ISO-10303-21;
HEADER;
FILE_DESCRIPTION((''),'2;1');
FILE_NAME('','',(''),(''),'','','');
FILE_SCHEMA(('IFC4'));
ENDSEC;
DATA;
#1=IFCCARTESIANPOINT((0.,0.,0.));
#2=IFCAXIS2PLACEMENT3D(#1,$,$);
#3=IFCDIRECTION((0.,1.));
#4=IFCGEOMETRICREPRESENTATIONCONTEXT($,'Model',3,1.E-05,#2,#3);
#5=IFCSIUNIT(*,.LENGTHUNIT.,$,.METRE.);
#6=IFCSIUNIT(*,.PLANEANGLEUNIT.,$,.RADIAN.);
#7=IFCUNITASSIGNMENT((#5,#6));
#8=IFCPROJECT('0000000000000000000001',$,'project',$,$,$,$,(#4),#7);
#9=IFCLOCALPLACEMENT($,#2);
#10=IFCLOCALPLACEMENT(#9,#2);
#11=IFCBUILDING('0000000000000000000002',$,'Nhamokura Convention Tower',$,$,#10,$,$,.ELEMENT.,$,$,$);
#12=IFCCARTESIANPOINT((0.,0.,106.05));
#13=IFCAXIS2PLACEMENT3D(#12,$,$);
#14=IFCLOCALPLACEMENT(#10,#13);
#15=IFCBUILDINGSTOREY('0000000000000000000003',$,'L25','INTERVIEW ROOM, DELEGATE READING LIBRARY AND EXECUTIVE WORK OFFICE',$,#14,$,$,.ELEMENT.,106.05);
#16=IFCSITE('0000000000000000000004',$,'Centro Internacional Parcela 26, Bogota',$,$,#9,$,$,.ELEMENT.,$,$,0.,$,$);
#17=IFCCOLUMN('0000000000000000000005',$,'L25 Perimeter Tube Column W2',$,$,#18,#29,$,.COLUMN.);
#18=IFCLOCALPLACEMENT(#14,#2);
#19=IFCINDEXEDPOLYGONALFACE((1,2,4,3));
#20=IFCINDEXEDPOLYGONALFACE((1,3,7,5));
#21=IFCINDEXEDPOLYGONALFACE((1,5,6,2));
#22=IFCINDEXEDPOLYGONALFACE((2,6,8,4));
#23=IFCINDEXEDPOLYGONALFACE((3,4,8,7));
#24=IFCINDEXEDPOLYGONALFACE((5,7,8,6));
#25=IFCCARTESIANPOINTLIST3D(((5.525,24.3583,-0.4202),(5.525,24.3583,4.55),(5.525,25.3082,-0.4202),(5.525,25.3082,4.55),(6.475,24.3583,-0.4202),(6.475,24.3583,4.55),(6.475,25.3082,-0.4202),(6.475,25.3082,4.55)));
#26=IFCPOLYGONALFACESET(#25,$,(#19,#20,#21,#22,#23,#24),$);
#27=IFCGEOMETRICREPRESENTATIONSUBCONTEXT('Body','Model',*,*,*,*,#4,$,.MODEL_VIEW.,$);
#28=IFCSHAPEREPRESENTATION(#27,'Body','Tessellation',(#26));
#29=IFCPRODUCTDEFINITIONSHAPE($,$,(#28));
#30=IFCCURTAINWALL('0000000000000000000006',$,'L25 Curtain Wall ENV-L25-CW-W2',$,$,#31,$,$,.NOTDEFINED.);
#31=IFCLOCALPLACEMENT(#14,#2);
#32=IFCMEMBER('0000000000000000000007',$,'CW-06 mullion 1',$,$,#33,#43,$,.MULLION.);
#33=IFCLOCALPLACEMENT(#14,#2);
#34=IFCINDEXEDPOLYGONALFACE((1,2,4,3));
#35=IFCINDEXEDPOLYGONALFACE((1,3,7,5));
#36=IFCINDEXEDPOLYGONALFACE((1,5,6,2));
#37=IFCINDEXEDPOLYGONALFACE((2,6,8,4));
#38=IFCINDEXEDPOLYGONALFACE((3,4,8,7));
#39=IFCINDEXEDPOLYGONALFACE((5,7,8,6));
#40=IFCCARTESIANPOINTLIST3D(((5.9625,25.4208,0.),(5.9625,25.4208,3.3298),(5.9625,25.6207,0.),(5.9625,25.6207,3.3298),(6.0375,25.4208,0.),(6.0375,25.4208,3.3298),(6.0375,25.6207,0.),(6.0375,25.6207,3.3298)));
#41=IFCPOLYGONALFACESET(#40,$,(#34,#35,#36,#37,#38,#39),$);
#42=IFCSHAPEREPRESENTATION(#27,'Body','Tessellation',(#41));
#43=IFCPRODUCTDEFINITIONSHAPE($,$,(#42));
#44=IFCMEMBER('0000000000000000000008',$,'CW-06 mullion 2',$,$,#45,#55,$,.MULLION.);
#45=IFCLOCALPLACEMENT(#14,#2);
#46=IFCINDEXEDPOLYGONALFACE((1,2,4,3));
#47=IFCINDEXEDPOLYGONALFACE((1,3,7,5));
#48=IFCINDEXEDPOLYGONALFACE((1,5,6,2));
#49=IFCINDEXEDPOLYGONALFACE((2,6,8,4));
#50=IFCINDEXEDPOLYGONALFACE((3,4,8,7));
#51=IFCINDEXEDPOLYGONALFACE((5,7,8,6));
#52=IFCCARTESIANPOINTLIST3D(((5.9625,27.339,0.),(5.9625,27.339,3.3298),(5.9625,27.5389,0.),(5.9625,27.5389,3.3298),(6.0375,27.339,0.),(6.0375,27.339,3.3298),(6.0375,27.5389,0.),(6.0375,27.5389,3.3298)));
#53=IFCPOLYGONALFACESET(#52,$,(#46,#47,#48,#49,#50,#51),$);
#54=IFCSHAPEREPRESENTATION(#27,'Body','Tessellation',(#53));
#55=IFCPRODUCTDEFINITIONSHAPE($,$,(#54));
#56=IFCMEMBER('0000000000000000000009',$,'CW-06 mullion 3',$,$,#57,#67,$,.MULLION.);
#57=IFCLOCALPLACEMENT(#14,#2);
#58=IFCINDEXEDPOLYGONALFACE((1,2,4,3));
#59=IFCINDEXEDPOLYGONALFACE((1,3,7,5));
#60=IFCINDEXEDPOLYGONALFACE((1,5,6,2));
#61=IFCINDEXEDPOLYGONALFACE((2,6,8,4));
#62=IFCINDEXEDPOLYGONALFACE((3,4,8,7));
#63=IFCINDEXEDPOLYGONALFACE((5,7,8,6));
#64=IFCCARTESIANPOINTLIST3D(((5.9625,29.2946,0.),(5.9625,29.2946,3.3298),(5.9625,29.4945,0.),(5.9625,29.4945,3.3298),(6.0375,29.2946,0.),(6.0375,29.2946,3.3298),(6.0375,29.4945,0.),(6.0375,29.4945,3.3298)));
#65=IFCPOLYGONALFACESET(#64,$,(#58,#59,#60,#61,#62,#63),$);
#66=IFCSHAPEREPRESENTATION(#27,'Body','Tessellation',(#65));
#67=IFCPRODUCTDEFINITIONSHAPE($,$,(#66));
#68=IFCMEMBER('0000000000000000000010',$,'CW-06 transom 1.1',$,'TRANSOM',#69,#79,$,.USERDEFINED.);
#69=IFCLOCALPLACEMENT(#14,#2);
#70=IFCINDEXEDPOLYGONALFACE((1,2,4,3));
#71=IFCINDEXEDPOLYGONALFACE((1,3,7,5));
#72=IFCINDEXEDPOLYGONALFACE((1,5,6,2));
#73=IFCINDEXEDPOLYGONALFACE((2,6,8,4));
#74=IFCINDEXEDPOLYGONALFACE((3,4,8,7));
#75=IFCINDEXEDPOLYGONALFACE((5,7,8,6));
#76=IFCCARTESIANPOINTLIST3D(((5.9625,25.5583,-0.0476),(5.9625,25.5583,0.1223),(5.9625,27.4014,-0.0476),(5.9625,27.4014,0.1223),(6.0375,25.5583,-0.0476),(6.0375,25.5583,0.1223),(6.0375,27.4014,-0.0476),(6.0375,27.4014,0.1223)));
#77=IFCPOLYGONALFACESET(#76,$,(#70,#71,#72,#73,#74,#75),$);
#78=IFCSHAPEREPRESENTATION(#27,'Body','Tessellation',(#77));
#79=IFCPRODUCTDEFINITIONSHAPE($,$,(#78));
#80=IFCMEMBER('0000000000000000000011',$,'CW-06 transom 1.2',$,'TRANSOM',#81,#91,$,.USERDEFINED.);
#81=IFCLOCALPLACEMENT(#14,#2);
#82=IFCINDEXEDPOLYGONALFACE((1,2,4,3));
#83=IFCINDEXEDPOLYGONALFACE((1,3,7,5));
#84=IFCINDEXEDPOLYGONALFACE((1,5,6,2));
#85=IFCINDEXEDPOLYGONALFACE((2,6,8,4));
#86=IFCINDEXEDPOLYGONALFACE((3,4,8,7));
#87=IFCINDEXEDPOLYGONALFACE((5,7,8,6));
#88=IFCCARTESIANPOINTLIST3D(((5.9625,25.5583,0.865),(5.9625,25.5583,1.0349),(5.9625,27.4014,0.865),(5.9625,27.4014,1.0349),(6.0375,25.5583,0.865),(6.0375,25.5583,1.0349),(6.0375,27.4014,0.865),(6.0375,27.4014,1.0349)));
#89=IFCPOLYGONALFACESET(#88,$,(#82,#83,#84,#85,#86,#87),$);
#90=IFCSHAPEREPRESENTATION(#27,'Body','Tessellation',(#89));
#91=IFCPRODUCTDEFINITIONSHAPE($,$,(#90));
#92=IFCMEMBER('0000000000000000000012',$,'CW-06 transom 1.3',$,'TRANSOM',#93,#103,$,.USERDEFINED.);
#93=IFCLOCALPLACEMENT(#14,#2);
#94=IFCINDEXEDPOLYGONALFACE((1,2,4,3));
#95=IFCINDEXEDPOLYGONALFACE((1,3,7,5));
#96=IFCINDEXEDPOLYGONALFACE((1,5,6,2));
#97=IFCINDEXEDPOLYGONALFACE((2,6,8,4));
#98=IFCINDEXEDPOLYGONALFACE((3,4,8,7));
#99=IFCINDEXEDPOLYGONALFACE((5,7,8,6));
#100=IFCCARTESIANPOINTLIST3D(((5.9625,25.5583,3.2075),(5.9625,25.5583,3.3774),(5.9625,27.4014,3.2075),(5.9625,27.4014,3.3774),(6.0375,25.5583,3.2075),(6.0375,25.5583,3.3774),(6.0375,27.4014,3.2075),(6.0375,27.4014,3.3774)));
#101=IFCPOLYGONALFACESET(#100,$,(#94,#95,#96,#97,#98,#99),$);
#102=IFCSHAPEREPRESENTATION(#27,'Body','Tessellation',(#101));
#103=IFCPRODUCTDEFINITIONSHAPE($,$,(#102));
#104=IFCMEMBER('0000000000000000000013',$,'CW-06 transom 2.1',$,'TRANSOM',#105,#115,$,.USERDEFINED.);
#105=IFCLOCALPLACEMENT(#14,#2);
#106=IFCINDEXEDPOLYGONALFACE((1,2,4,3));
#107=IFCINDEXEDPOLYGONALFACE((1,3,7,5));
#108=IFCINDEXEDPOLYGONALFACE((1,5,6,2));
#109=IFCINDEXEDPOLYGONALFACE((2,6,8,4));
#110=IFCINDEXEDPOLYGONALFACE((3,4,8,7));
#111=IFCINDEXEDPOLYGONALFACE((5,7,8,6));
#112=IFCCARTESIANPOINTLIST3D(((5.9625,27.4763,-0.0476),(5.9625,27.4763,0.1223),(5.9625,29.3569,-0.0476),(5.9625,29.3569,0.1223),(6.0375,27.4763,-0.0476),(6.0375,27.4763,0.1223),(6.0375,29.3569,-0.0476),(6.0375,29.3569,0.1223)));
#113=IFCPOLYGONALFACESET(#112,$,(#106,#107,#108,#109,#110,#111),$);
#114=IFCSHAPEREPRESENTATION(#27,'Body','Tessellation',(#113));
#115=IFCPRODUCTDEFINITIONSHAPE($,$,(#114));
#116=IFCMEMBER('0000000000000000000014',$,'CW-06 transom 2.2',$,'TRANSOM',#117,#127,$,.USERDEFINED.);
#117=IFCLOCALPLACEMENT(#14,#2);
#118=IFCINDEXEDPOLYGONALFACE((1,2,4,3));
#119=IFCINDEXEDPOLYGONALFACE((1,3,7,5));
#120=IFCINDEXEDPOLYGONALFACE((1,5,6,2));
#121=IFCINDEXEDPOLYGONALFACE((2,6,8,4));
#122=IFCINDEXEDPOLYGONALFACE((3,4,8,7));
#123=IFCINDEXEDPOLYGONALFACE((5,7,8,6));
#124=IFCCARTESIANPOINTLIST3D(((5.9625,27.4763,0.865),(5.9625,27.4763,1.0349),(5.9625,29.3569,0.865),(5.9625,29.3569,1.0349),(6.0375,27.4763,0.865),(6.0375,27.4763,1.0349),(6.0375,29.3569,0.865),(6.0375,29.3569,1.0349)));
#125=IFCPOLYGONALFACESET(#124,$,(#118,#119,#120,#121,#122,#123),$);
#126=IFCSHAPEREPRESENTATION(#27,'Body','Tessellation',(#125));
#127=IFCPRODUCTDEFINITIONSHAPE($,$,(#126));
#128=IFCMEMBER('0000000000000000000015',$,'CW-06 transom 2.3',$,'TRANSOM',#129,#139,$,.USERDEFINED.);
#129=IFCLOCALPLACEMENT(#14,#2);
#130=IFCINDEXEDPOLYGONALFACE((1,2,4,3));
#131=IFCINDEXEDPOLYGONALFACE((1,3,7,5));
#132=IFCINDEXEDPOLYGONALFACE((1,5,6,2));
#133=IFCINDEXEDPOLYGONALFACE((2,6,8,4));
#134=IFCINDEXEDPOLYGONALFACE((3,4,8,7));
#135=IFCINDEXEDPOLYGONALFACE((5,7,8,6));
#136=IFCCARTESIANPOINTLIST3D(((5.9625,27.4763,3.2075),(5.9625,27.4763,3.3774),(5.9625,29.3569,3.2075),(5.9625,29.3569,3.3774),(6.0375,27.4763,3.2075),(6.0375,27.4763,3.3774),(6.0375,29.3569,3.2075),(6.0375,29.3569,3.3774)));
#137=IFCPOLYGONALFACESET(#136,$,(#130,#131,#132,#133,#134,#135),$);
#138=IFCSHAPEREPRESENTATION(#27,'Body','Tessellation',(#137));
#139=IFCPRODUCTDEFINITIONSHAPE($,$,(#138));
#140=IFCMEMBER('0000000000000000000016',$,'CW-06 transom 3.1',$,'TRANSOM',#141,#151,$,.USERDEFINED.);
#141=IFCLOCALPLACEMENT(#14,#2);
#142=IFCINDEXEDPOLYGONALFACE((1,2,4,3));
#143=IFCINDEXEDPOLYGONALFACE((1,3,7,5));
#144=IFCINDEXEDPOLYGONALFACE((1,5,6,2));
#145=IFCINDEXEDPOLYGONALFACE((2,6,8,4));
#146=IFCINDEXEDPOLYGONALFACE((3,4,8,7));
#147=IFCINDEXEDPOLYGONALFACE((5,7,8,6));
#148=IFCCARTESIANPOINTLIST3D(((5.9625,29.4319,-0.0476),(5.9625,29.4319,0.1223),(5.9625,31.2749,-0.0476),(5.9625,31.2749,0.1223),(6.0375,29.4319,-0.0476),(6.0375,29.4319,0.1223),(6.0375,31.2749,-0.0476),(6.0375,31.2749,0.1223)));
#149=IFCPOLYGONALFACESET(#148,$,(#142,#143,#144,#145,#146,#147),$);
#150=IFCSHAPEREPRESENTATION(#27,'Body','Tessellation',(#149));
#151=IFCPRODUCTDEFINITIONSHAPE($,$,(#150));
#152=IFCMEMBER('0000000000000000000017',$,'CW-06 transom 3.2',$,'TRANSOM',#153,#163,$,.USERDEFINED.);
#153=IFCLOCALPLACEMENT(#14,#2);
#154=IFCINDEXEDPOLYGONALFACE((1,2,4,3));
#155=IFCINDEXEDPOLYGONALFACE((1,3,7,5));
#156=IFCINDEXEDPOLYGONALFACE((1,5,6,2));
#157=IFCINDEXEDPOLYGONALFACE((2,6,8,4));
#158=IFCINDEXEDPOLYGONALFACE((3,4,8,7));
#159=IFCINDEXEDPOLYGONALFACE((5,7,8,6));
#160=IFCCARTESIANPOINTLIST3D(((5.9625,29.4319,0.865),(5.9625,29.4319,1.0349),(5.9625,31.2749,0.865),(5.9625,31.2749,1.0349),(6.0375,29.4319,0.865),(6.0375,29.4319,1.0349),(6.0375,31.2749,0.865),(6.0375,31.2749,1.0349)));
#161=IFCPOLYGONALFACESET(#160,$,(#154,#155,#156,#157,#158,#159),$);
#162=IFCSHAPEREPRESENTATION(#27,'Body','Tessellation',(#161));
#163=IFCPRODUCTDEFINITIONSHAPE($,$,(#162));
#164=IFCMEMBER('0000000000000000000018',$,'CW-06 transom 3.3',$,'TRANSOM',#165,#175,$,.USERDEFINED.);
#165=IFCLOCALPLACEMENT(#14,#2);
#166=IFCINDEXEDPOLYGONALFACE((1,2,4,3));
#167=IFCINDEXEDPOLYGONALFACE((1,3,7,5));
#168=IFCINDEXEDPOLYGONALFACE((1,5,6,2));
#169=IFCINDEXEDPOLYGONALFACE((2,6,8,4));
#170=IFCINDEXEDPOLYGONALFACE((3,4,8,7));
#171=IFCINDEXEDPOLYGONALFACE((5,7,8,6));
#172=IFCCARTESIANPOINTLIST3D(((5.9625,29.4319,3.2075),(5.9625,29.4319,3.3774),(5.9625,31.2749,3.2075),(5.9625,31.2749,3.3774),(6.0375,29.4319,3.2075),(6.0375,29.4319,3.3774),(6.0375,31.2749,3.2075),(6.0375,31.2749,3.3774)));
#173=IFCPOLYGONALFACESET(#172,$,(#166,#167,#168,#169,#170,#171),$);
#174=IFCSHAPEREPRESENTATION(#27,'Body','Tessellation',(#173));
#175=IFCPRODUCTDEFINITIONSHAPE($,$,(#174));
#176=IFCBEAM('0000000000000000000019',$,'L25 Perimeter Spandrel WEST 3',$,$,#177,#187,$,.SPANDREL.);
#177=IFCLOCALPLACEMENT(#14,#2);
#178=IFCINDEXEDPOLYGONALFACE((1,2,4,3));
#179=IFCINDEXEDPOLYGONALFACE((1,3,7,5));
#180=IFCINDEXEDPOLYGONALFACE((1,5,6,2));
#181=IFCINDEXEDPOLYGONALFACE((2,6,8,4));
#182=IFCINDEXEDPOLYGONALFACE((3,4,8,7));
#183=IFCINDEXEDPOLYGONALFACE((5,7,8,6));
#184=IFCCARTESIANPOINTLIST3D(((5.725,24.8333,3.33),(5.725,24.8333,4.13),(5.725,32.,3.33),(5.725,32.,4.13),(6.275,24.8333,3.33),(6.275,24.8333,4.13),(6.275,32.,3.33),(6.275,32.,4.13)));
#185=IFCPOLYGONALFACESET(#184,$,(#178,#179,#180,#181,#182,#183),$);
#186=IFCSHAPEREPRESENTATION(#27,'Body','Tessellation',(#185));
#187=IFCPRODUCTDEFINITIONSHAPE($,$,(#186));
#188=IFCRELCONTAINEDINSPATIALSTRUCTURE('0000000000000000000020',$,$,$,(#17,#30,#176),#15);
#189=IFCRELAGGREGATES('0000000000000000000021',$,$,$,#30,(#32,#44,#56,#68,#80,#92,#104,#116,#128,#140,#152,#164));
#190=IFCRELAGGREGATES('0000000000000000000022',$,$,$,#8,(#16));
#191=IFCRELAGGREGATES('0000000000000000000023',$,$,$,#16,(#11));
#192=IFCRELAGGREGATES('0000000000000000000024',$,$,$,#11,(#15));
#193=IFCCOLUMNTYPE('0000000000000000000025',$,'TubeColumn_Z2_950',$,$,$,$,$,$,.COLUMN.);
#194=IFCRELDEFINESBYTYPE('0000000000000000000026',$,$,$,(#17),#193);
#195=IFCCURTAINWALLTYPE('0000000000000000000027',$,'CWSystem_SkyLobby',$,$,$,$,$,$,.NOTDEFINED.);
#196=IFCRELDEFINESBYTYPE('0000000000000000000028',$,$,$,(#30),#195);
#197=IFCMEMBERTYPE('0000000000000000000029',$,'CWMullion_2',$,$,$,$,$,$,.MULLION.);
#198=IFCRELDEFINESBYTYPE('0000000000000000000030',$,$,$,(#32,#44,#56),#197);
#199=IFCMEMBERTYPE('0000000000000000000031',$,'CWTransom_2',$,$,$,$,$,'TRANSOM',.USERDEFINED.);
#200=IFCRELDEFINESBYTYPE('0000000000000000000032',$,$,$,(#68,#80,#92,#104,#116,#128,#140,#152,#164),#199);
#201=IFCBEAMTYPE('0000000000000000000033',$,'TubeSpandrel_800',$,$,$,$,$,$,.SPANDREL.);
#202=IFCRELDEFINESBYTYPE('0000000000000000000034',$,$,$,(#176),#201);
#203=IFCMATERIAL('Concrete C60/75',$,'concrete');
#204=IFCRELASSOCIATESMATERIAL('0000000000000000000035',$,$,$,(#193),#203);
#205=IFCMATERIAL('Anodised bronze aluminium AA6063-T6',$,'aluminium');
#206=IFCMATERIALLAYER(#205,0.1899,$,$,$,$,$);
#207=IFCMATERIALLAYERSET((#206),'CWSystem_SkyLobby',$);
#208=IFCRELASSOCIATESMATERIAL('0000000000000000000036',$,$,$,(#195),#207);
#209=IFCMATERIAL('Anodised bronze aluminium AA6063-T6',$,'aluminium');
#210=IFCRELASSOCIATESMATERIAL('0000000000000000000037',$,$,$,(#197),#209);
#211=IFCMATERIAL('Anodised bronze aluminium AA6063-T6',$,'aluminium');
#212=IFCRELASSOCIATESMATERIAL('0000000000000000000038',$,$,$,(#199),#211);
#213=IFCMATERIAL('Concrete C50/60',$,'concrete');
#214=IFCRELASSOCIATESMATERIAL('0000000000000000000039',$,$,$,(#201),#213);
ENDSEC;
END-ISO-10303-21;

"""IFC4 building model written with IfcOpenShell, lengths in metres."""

from ifc_helpers import new_model, si_unit, direction, frame, origin, origin_2d, place, context, subcontext, project, spatial, rectangle, extrude, material, layer, layer_set, material_profile, profile_set, type_object, element, aggregate, save


model = new_model("IFC4")

# Units and contexts
model_context = context("Model", 3, precision=1e-05, world=origin(), true_north=direction((0.0, 1.0)))
body_context = subcontext(model_context, "Body", "Model", "MODEL_VIEW")
ifc_project = project(units=[si_unit("LENGTHUNIT", "METRE"), si_unit("PLANEANGLEUNIT", "RADIAN")], contexts=[model_context])

# Site, building, storey
site_placement = place(None, origin())
site = spatial("IfcSite", under=ifc_project, at=site_placement, Name="Centro Internacional Parcela 26, Bogota", CompositionType="ELEMENT", RefElevation=0.0)
building_placement = place(site_placement, origin())
building = spatial("IfcBuilding", under=site, at=building_placement, Name="Nhamokura Convention Tower", CompositionType="ELEMENT")
storey_placement = place(building_placement, frame((0.0, 0.0, 106.05)))
storey = spatial("IfcBuildingStorey", under=building, at=storey_placement, Name="L25", Description="INTERVIEW ROOM, DELEGATE READING LIBRARY AND EXECUTIVE WORK OFFICE", CompositionType="ELEMENT", Elevation=106.05)

# Column
ifc_material_1 = material(Name="Concrete C60/75", Category="concrete")
ifc_material_profile_1 = material_profile(ifc_material_1, rectangle(XDim=0.95, YDim=0.95, at=origin_2d()))
ifc_profile_set_1 = profile_set([ifc_material_profile_1], Name="Concrete C60/75")
column_type = type_object("IfcColumnType", Name="TubeColumn_Z2_950", PredefinedType="COLUMN", material=ifc_profile_set_1)
column_placement = place(storey_placement, frame((6.0, 24.8333, -0.4202), z_axis=(0.0, 0.0, 1.0), x_axis=(1.0, 0.0, 0.0)))
element("IfcColumn", 1, at=column_placement, inside=storey, type_object=column_type, Name="L25 Perimeter Tube Column W2", PredefinedType="COLUMN", context=body_context, shape_type="SweptSolid", body=[
    extrude(rectangle(XDim=0.95, YDim=0.95, at=origin_2d()), origin(), (0.0, 0.0, 1.0), 4.9702),
])

# Curtain wall, members
ifc_material_2 = material(Name="Anodised bronze aluminium AA6063-T6", Category="aluminium")
ifc_layer_1 = layer(ifc_material_2, 0.1899)
ifc_layer_set_1 = layer_set([ifc_layer_1], Name="CWSystem_SkyLobby")
curtain_wall_type = type_object("IfcCurtainWallType", Name="CWSystem_SkyLobby", PredefinedType="NOTDEFINED", material=ifc_layer_set_1)
curtain_wall_placement = place(storey_placement, origin())
curtain_wall = element("IfcCurtainWall", 2, at=curtain_wall_placement, inside=storey, type_object=curtain_wall_type, Name="L25 Curtain Wall ENV-L25-CW-W2", PredefinedType="NOTDEFINED")
ifc_material_3 = material(Name="Anodised bronze aluminium AA6063-T6", Category="aluminium")
ifc_material_profile_2 = material_profile(ifc_material_3, rectangle(XDim=0.075, YDim=0.2, at=origin_2d()))
ifc_profile_set_2 = profile_set([ifc_material_profile_2], Name="Anodised bronze aluminium AA6063-T6")
member_type_1 = type_object("IfcMemberType", Name="CWMullion_2", PredefinedType="MULLION", material=ifc_profile_set_2)
member_1_placement = place(storey_placement, frame((6.0, 25.5208, 0.0), z_axis=(0.0, 0.0, 1.0), x_axis=(-1.0, 0.0, 0.0)))
member_1 = element("IfcMember", 3, at=member_1_placement, type_object=member_type_1, Name="CW-06 mullion 1", PredefinedType="MULLION", context=body_context, shape_type="SweptSolid", body=[
    extrude(rectangle(XDim=0.075, YDim=0.2, at=origin_2d()), origin(), (0.0, 0.0, 1.0), 3.3298),
])
member_2_placement = place(storey_placement, frame((6.0, 27.439, 0.0), z_axis=(0.0, 0.0, 1.0), x_axis=(-1.0, 0.0, 0.0)))
member_2 = element("IfcMember", 4, at=member_2_placement, type_object=member_type_1, Name="CW-06 mullion 2", PredefinedType="MULLION", context=body_context, shape_type="SweptSolid", body=[
    extrude(rectangle(XDim=0.075, YDim=0.2, at=origin_2d()), origin(), (0.0, 0.0, 1.0), 3.3298),
])
member_3_placement = place(storey_placement, frame((6.0, 29.3945, 0.0), z_axis=(0.0, 0.0, 1.0), x_axis=(-1.0, 0.0, 0.0)))
member_3 = element("IfcMember", 5, at=member_3_placement, type_object=member_type_1, Name="CW-06 mullion 3", PredefinedType="MULLION", context=body_context, shape_type="SweptSolid", body=[
    extrude(rectangle(XDim=0.075, YDim=0.2, at=origin_2d()), origin(), (0.0, 0.0, 1.0), 3.3298),
])
ifc_material_4 = material(Name="Anodised bronze aluminium AA6063-T6", Category="aluminium")
ifc_material_profile_3 = material_profile(ifc_material_4, rectangle(XDim=0.075, YDim=0.1699, at=origin_2d()))
ifc_profile_set_3 = profile_set([ifc_material_profile_3], Name="Anodised bronze aluminium AA6063-T6")
member_type_2 = type_object("IfcMemberType", Name="CWTransom_2", ElementType="TRANSOM", PredefinedType="USERDEFINED", material=ifc_profile_set_3)
member_4_placement = place(storey_placement, frame((6.0, 25.5583, 0.0374), z_axis=(0.0, 1.0, 0.0), x_axis=(-1.0, 0.0, 0.0)))
member_4 = element("IfcMember", 6, at=member_4_placement, type_object=member_type_2, Name="CW-06 transom 1.1", ObjectType="TRANSOM", PredefinedType="USERDEFINED", context=body_context, shape_type="SweptSolid", body=[
    extrude(rectangle(XDim=0.075, YDim=0.1699, at=origin_2d()), origin(), (0.0, 0.0, 1.0), 1.843),
])
member_5_placement = place(storey_placement, frame((6.0, 25.5583, 0.95), z_axis=(0.0, 1.0, 0.0), x_axis=(-1.0, 0.0, 0.0)))
member_5 = element("IfcMember", 7, at=member_5_placement, type_object=member_type_2, Name="CW-06 transom 1.2", ObjectType="TRANSOM", PredefinedType="USERDEFINED", context=body_context, shape_type="SweptSolid", body=[
    extrude(rectangle(XDim=0.075, YDim=0.1699, at=origin_2d()), origin(), (0.0, 0.0, 1.0), 1.843),
])
member_6_placement = place(storey_placement, frame((6.0, 25.5583, 3.2925), z_axis=(0.0, 1.0, 0.0), x_axis=(-1.0, 0.0, 0.0)))
member_6 = element("IfcMember", 8, at=member_6_placement, type_object=member_type_2, Name="CW-06 transom 1.3", ObjectType="TRANSOM", PredefinedType="USERDEFINED", context=body_context, shape_type="SweptSolid", body=[
    extrude(rectangle(XDim=0.075, YDim=0.1699, at=origin_2d()), origin(), (0.0, 0.0, 1.0), 1.843),
])
member_7_placement = place(storey_placement, frame((6.0, 27.4763, 0.0374), z_axis=(0.0, 1.0, 0.0), x_axis=(-1.0, 0.0, 0.0)))
member_7 = element("IfcMember", 9, at=member_7_placement, type_object=member_type_2, Name="CW-06 transom 2.1", ObjectType="TRANSOM", PredefinedType="USERDEFINED", context=body_context, shape_type="SweptSolid", body=[
    extrude(rectangle(XDim=0.075, YDim=0.1699, at=origin_2d()), origin(), (0.0, 0.0, 1.0), 1.8806),
])
member_8_placement = place(storey_placement, frame((6.0, 27.4763, 0.95), z_axis=(0.0, 1.0, 0.0), x_axis=(-1.0, 0.0, 0.0)))
member_8 = element("IfcMember", 10, at=member_8_placement, type_object=member_type_2, Name="CW-06 transom 2.2", ObjectType="TRANSOM", PredefinedType="USERDEFINED", context=body_context, shape_type="SweptSolid", body=[
    extrude(rectangle(XDim=0.075, YDim=0.1699, at=origin_2d()), origin(), (0.0, 0.0, 1.0), 1.8806),
])
member_9_placement = place(storey_placement, frame((6.0, 27.4763, 3.2925), z_axis=(0.0, 1.0, 0.0), x_axis=(-1.0, 0.0, 0.0)))
member_9 = element("IfcMember", 11, at=member_9_placement, type_object=member_type_2, Name="CW-06 transom 2.3", ObjectType="TRANSOM", PredefinedType="USERDEFINED", context=body_context, shape_type="SweptSolid", body=[
    extrude(rectangle(XDim=0.075, YDim=0.1699, at=origin_2d()), origin(), (0.0, 0.0, 1.0), 1.8806),
])
member_10_placement = place(storey_placement, frame((6.0, 29.4319, 0.0374), z_axis=(0.0, 1.0, 0.0), x_axis=(-1.0, 0.0, 0.0)))
member_10 = element("IfcMember", 12, at=member_10_placement, type_object=member_type_2, Name="CW-06 transom 3.1", ObjectType="TRANSOM", PredefinedType="USERDEFINED", context=body_context, shape_type="SweptSolid", body=[
    extrude(rectangle(XDim=0.075, YDim=0.1699, at=origin_2d()), origin(), (0.0, 0.0, 1.0), 1.843),
])
member_11_placement = place(storey_placement, frame((6.0, 29.4319, 0.95), z_axis=(0.0, 1.0, 0.0), x_axis=(-1.0, 0.0, 0.0)))
member_11 = element("IfcMember", 13, at=member_11_placement, type_object=member_type_2, Name="CW-06 transom 3.2", ObjectType="TRANSOM", PredefinedType="USERDEFINED", context=body_context, shape_type="SweptSolid", body=[
    extrude(rectangle(XDim=0.075, YDim=0.1699, at=origin_2d()), origin(), (0.0, 0.0, 1.0), 1.843),
])
member_12_placement = place(storey_placement, frame((6.0, 29.4319, 3.2925), z_axis=(0.0, 1.0, 0.0), x_axis=(-1.0, 0.0, 0.0)))
member_12 = element("IfcMember", 14, at=member_12_placement, type_object=member_type_2, Name="CW-06 transom 3.3", ObjectType="TRANSOM", PredefinedType="USERDEFINED", context=body_context, shape_type="SweptSolid", body=[
    extrude(rectangle(XDim=0.075, YDim=0.1699, at=origin_2d()), origin(), (0.0, 0.0, 1.0), 1.843),
])

# Beam
ifc_material_5 = material(Name="Concrete C50/60", Category="concrete")
ifc_material_profile_4 = material_profile(ifc_material_5, rectangle(XDim=0.55, YDim=0.8, at=origin_2d()))
ifc_profile_set_4 = profile_set([ifc_material_profile_4], Name="Concrete C50/60")
beam_type = type_object("IfcBeamType", Name="TubeSpandrel_800", PredefinedType="SPANDREL", material=ifc_profile_set_4)
beam_placement = place(storey_placement, frame((6.0, 24.8333, 3.73), z_axis=(0.0, 1.0, 0.0), x_axis=(-1.0, 0.0, 0.0)))
element("IfcBeam", 15, at=beam_placement, inside=storey, type_object=beam_type, Name="L25 Perimeter Spandrel WEST 3", PredefinedType="SPANDREL", context=body_context, shape_type="SweptSolid", body=[
    extrude(rectangle(XDim=0.55, YDim=0.8, at=origin_2d()), origin(), (0.0, 0.0, 1.0), 7.1667),
])

aggregate(curtain_wall, [member_1, member_2, member_3, member_4, member_5, member_6, member_7, member_8, member_9, member_10, member_11, member_12])

save(model, "model.ifc")
